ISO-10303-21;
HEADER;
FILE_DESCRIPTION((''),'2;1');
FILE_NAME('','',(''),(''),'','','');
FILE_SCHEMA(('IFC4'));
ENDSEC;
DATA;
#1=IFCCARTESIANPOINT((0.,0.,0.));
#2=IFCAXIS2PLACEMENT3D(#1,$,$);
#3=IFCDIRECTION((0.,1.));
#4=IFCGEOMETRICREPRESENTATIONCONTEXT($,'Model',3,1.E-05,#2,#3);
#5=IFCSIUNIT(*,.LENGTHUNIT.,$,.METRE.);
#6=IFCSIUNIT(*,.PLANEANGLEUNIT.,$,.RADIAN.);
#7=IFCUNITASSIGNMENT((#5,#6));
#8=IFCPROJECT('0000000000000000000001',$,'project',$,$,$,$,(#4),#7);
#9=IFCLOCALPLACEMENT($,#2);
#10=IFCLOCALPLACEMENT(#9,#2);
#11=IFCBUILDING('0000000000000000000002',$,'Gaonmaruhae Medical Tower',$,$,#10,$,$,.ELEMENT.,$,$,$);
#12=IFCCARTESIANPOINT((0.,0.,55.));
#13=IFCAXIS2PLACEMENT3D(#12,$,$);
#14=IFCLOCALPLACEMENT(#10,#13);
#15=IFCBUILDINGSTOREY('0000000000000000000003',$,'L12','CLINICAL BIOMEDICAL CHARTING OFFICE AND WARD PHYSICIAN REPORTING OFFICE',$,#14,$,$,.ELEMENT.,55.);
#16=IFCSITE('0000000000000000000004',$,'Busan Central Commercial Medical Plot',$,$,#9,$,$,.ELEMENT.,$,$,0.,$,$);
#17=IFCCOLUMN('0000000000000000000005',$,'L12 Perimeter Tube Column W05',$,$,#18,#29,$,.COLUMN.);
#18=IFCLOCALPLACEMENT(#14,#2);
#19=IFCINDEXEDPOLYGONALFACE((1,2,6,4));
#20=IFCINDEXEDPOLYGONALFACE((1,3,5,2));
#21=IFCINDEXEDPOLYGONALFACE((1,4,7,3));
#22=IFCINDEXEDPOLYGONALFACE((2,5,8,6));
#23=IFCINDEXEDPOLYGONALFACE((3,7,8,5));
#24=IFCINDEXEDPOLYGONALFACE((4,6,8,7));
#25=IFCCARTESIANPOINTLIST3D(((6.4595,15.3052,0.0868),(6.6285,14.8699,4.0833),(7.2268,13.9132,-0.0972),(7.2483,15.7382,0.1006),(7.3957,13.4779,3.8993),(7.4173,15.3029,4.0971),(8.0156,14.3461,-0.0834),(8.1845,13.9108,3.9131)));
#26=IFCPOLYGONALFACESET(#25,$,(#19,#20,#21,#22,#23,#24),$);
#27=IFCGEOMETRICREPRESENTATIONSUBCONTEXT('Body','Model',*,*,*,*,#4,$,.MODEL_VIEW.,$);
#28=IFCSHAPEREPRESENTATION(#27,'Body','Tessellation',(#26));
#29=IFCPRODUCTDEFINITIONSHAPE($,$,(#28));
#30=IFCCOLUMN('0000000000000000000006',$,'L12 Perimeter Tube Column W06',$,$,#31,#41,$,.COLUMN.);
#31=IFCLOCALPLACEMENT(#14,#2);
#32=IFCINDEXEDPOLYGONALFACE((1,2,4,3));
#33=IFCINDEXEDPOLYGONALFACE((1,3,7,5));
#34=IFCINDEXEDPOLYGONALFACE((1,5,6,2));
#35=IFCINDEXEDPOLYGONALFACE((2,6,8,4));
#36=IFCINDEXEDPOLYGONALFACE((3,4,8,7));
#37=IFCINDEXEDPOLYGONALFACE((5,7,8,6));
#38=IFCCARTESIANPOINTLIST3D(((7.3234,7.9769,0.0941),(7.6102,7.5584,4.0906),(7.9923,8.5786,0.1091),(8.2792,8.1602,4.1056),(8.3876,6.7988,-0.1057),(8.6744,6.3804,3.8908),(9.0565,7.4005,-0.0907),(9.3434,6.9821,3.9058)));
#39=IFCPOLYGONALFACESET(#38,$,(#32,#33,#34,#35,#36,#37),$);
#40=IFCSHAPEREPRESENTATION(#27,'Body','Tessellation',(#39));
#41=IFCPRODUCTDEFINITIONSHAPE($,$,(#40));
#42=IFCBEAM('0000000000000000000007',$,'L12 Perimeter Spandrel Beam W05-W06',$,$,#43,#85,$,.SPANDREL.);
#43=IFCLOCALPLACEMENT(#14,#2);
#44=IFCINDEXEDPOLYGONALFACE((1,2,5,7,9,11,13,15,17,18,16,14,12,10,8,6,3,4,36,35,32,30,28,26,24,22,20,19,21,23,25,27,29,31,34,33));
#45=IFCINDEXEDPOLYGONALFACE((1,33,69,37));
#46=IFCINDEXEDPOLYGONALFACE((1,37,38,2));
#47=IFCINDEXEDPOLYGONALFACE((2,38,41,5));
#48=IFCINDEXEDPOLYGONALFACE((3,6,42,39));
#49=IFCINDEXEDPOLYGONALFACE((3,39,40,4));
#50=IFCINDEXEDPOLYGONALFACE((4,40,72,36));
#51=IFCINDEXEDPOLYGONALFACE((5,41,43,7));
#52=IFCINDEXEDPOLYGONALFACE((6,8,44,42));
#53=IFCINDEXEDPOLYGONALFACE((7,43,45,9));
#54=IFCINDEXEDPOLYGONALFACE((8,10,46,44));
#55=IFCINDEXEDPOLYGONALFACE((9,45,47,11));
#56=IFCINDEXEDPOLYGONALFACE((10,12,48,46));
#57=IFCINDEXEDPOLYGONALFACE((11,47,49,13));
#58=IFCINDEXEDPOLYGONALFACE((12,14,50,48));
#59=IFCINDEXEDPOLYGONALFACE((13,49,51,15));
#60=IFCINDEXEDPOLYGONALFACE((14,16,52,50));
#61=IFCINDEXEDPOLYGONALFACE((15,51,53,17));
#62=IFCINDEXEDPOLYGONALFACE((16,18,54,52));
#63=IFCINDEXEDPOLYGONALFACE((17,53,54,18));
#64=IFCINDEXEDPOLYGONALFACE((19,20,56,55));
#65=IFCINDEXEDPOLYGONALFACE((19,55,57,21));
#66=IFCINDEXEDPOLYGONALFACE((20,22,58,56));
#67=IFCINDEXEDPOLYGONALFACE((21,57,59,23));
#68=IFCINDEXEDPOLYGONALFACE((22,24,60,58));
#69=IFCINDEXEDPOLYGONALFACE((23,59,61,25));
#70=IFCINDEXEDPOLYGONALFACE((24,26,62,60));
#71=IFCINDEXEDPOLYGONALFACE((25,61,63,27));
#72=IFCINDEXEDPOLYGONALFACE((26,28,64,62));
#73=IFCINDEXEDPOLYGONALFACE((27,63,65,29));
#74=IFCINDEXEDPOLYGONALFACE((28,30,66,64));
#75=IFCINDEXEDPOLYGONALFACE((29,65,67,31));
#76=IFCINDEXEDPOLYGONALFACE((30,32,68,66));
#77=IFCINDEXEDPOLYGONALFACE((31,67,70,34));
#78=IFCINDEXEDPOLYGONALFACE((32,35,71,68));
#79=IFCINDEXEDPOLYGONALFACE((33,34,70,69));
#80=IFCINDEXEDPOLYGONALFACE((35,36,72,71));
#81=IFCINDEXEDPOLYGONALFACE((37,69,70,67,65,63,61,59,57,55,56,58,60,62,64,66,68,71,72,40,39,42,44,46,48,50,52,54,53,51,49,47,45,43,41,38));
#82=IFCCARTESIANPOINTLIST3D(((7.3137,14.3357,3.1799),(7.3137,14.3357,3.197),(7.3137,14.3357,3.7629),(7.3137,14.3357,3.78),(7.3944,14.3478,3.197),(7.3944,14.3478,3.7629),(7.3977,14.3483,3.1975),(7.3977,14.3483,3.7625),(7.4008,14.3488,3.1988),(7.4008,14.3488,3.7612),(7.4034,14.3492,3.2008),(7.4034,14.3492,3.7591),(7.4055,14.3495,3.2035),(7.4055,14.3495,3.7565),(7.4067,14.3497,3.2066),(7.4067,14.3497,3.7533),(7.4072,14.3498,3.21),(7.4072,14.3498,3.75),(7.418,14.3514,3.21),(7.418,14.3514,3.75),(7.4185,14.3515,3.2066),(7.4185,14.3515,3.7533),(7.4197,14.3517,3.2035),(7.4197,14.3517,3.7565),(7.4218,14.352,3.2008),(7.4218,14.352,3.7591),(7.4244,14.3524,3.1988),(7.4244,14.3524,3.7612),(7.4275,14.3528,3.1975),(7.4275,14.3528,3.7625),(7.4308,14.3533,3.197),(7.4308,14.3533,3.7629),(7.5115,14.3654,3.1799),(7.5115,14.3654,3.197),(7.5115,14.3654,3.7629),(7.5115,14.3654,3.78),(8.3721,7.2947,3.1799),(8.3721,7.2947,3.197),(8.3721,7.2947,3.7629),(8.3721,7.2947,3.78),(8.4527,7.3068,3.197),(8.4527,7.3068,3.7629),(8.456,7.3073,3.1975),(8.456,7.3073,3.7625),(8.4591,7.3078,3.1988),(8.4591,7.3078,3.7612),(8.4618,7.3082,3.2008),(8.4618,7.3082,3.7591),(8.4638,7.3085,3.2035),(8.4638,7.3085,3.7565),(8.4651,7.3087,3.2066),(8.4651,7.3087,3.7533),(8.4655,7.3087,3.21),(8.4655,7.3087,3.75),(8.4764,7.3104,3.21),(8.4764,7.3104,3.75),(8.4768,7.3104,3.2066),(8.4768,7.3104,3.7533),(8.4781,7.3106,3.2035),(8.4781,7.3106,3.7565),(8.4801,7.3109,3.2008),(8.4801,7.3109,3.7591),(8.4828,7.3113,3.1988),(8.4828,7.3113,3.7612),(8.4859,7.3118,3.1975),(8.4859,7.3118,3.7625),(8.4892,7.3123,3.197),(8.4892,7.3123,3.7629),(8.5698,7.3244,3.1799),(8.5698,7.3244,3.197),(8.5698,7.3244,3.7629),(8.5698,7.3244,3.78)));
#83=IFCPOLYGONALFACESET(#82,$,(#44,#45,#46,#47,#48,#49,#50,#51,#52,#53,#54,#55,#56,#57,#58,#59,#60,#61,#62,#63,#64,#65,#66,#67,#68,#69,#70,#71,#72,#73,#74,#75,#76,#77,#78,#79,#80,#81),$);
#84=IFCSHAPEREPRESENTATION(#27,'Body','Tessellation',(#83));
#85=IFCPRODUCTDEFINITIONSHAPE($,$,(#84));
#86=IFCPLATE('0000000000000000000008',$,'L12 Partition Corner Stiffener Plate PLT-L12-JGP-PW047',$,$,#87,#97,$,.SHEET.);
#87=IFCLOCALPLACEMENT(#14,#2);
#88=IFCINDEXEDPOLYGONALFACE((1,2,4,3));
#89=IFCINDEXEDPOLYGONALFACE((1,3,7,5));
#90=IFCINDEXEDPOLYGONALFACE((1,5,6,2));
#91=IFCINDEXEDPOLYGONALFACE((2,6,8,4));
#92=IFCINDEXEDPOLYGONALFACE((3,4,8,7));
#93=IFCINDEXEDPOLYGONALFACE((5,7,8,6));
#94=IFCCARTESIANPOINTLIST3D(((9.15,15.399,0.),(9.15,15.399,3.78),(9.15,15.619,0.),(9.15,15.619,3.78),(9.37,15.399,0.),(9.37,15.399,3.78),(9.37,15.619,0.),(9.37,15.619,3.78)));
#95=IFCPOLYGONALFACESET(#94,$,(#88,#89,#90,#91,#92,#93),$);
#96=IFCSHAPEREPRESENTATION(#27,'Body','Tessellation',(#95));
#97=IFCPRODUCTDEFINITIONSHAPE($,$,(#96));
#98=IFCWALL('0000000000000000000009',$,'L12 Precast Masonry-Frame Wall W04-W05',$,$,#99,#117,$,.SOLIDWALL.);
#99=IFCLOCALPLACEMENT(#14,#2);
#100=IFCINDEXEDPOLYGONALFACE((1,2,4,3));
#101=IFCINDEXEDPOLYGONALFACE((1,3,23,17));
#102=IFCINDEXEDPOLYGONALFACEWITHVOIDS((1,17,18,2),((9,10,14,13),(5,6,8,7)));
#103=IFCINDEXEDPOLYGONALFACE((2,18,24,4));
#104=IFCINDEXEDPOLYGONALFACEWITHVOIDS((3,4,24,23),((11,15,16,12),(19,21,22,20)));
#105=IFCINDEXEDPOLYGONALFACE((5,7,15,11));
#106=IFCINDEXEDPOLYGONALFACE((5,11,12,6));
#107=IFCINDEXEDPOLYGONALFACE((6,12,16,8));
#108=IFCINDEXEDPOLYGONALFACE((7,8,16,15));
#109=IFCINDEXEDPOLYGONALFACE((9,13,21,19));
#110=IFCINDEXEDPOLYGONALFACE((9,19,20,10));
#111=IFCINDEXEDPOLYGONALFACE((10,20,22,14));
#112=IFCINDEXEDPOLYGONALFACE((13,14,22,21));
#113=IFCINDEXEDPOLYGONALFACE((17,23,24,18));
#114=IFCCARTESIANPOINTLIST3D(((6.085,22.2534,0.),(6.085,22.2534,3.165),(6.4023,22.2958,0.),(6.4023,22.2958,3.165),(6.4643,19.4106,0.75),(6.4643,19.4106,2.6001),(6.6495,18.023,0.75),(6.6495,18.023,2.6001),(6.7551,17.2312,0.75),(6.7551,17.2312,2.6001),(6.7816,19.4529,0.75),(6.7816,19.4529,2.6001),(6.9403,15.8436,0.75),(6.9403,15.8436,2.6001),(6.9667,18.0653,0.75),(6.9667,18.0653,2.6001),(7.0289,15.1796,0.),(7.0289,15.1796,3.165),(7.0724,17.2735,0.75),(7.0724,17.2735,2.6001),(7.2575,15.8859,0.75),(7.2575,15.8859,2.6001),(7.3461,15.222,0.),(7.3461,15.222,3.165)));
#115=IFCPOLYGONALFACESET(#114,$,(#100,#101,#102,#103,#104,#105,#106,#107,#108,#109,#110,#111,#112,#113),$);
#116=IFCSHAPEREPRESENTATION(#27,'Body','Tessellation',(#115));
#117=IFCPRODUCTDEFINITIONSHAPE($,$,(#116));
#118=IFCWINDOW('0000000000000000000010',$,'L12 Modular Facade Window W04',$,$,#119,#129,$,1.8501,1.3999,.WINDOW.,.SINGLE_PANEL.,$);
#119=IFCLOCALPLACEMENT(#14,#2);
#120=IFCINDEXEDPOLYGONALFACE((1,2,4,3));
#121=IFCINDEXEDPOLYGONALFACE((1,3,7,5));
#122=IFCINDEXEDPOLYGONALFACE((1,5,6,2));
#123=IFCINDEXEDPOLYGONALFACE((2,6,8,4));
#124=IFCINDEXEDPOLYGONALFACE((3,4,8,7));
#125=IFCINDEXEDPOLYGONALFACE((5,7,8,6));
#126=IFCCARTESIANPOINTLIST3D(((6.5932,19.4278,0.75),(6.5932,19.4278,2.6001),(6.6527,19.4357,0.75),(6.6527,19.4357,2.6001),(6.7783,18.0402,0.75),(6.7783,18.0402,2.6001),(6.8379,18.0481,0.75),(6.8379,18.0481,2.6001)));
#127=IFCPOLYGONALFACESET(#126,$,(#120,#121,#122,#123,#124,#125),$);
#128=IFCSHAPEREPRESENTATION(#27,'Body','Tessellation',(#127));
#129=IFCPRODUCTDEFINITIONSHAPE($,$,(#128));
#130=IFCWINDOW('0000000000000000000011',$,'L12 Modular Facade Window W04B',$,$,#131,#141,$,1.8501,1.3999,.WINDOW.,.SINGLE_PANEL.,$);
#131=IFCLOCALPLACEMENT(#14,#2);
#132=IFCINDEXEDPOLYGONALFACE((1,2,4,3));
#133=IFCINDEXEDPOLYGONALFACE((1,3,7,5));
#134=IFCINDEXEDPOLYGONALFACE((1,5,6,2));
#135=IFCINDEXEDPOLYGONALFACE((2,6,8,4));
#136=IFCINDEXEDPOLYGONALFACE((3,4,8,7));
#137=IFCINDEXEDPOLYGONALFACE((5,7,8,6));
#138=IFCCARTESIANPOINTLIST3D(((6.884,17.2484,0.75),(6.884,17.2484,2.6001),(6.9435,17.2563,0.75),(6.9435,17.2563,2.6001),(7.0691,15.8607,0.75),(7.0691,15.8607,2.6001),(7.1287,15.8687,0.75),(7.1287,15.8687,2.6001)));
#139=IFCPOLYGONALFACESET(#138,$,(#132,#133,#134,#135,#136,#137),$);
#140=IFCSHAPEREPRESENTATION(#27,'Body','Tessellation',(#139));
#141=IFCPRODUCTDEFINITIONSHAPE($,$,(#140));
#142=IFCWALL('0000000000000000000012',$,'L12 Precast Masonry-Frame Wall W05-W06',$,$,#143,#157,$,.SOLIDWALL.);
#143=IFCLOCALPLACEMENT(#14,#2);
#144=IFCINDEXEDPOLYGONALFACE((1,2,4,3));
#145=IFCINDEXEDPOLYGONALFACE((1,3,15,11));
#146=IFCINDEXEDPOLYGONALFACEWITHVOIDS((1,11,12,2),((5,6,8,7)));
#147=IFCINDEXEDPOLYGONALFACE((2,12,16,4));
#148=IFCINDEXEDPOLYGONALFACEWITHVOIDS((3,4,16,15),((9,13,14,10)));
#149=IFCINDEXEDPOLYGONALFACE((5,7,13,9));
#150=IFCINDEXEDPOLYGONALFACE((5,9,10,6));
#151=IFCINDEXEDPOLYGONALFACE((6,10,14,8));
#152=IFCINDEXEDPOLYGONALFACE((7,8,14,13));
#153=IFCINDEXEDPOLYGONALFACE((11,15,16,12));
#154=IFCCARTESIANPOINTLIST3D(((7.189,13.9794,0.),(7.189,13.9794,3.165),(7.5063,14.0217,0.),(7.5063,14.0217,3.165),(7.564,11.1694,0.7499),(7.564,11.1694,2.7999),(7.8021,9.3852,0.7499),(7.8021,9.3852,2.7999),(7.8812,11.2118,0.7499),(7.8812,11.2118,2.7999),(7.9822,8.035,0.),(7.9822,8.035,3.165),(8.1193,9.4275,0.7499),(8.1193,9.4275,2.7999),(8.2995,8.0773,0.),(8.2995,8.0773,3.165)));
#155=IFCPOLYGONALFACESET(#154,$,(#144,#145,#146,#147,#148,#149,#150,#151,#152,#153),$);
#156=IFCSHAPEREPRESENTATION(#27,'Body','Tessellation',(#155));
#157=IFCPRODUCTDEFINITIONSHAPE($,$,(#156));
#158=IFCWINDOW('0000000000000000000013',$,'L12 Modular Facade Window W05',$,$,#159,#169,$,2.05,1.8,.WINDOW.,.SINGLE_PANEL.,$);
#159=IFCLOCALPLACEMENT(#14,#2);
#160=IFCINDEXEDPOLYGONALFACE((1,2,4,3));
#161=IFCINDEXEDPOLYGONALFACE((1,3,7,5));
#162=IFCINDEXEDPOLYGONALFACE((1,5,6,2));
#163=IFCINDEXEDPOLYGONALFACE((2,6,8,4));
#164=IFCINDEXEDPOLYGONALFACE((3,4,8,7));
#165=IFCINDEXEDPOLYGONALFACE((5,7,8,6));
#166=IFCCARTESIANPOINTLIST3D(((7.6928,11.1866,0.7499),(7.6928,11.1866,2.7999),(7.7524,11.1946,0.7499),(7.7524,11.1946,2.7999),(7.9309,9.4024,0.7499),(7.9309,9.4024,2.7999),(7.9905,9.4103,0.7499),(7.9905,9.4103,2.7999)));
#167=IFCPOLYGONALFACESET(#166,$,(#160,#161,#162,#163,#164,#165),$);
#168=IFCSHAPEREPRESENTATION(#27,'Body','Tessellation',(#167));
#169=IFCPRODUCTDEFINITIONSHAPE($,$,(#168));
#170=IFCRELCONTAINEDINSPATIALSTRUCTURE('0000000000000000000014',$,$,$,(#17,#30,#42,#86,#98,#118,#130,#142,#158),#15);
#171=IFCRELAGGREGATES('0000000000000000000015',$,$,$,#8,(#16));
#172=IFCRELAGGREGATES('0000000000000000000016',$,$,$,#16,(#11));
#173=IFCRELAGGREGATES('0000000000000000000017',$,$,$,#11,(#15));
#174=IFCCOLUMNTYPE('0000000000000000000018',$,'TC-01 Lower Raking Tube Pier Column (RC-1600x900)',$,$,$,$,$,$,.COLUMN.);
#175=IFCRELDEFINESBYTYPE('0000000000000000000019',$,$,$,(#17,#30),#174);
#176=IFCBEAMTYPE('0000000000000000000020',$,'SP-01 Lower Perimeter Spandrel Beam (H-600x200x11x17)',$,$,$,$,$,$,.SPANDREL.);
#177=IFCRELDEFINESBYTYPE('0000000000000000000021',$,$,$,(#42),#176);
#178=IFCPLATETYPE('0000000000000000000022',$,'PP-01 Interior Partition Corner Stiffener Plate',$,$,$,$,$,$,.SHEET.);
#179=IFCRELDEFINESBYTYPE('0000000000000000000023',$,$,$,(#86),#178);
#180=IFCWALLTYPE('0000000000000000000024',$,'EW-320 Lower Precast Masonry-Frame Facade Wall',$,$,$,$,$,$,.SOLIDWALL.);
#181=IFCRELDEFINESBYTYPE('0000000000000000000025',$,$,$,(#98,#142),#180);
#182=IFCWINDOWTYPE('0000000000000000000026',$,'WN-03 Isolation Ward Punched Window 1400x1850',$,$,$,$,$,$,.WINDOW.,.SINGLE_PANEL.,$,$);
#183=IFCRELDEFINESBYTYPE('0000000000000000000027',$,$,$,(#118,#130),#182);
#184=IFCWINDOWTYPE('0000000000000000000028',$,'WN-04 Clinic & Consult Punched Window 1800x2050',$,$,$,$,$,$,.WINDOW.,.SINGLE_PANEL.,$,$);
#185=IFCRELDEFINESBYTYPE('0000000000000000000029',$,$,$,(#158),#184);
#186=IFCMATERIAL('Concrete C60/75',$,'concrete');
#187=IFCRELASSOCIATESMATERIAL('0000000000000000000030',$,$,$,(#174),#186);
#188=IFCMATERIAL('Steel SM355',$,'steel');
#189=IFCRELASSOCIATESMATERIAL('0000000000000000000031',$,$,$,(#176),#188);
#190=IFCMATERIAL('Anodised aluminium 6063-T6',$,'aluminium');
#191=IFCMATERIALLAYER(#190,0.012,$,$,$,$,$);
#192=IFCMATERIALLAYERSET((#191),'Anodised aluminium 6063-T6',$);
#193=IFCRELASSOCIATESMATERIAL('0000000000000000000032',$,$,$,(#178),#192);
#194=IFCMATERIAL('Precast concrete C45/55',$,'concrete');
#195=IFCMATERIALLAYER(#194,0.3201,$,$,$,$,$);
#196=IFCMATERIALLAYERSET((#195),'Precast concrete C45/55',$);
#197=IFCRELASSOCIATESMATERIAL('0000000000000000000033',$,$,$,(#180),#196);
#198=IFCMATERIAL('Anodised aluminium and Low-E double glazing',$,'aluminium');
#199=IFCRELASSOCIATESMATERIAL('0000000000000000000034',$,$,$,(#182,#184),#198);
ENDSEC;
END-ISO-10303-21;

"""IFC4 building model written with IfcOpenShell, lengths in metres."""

from ifc_helpers import new_model, si_unit, direction, frame, frame_2d, origin, origin_2d, place, context, subcontext, project, spatial, rectangle, i_section, extrude, material, layer, layer_set, material_profile, profile_set, type_object, element, fill, save


model = new_model("IFC4")

# Units and contexts
model_context = context("Model", 3, precision=1e-05, world=origin(), true_north=direction((0.0, 1.0)))
body_context = subcontext(model_context, "Body", "Model", "MODEL_VIEW")
ifc_project = project(units=[si_unit("LENGTHUNIT", "METRE"), si_unit("PLANEANGLEUNIT", "RADIAN")], contexts=[model_context])

# Site, building, storey
site_placement = place(None, origin())
site = spatial("IfcSite", under=ifc_project, at=site_placement, Name="Busan Central Commercial Medical Plot", CompositionType="ELEMENT", RefElevation=0.0)
building_placement = place(site_placement, origin())
building = spatial("IfcBuilding", under=site, at=building_placement, Name="Gaonmaruhae Medical Tower", CompositionType="ELEMENT")
storey_placement = place(building_placement, frame((0.0, 0.0, 55.0)))
storey = spatial("IfcBuildingStorey", under=building, at=storey_placement, Name="L12", Description="CLINICAL BIOMEDICAL CHARTING OFFICE AND WARD PHYSICIAN REPORTING OFFICE", CompositionType="ELEMENT", Elevation=55.0)

# Columns
ifc_material_1 = material(Name="Concrete C60/75", Category="concrete")
ifc_material_profile_1 = material_profile(ifc_material_1, rectangle(XDim=1.6001, YDim=0.8999, at=origin_2d()), Name="RC-1600x900")
ifc_profile_set_1 = profile_set([ifc_material_profile_1], Name="Concrete C60/75")
column_type = type_object("IfcColumnType", Name="TC-01 Lower Raking Tube Pier Column (RC-1600x900)", PredefinedType="COLUMN", material=ifc_profile_set_1)
column_1_placement = place(storey_placement, frame((7.2375, 14.8257, 0.0017), z_axis=(0.041987, -0.108183, 0.993244), x_axis=(-0.47951, 0.869965, 0.115026)))
element("IfcColumn", 1, at=column_1_placement, inside=storey, type_object=column_type, Name="L12 Perimeter Tube Column W05", PredefinedType="COLUMN", context=body_context, shape_type="SweptSolid", body=[
    extrude(rectangle(XDim=1.6001, YDim=0.8999, at=origin_2d()), origin(), (0.0, 0.0, 1.0), 4.0237),
])
column_2_placement = place(storey_placement, frame((8.1899, 7.6887, 0.0017), z_axis=(0.071206, -0.10387, 0.992039), x_axis=(-0.665082, 0.736264, 0.124828)))
element("IfcColumn", 2, at=column_2_placement, inside=storey, type_object=column_type, Name="L12 Perimeter Tube Column W06", PredefinedType="COLUMN", context=body_context, shape_type="SweptSolid", body=[
    extrude(rectangle(XDim=1.6001, YDim=0.8999, at=origin_2d()), origin(), (0.0, 0.0, 1.0), 4.0286),
])

# Beam
ifc_material_2 = material(Name="Steel SM355", Category="steel")
ifc_material_profile_2 = material_profile(ifc_material_2, i_section(OverallWidth=0.2, OverallDepth=0.6001, WebThickness=0.011, FlangeThickness=0.0171, FilletRadius=0.0129, at=origin_2d()), Name="H-600x200x11x17")
ifc_profile_set_2 = profile_set([ifc_material_profile_2], Name="Steel SM355")
beam_type = type_object("IfcBeamType", Name="SP-01 Lower Perimeter Spandrel Beam (H-600x200x11x17)", PredefinedType="SPANDREL", material=ifc_profile_set_2)
beam_placement = place(storey_placement, frame((7.4126, 14.3506, 3.48), z_axis=(0.148642, -0.988891, 0.0), x_axis=(0.988891, 0.148642, 0.0)))
element("IfcBeam", 3, at=beam_placement, inside=storey, type_object=beam_type, Name="L12 Perimeter Spandrel Beam W05-W06", PredefinedType="SPANDREL", context=body_context, shape_type="SweptSolid", body=[
    extrude(i_section(OverallWidth=0.2, OverallDepth=0.6001, WebThickness=0.011, FlangeThickness=0.0171, FilletRadius=0.0129, at=origin_2d()), origin(), (0.0, 0.0, 1.0), 7.1201),
])

# Plate
ifc_material_3 = material(Name="Anodised aluminium 6063-T6", Category="aluminium")
ifc_layer_1 = layer(ifc_material_3, 0.012)
ifc_layer_set_1 = layer_set([ifc_layer_1], Name="Anodised aluminium 6063-T6")
plate_type = type_object("IfcPlateType", Name="PP-01 Interior Partition Corner Stiffener Plate", PredefinedType="SHEET", material=ifc_layer_set_1)
plate_placement = place(storey_placement, frame((9.26, 15.509, 0.0), z_axis=(0.0, 0.0, 1.0), x_axis=(0.0, -1.0, 0.0)))
element("IfcPlate", 4, at=plate_placement, inside=storey, type_object=plate_type, Name="L12 Partition Corner Stiffener Plate PLT-L12-JGP-PW047", PredefinedType="SHEET", context=body_context, shape_type="SweptSolid", body=[
    extrude(rectangle(XDim=0.22, YDim=0.22, at=origin_2d()), origin(), (0.0, 0.0, 1.0), 3.78),
])

# Wall, openings, windows
ifc_material_4 = material(Name="Precast concrete C45/55", Category="concrete")
ifc_layer_2 = layer(ifc_material_4, 0.3201)
ifc_layer_set_2 = layer_set([ifc_layer_2], Name="Precast concrete C45/55")
wall_type_1 = type_object("IfcWallType", Name="EW-320 Lower Precast Masonry-Frame Facade Wall", PredefinedType="SOLIDWALL", material=ifc_layer_set_2)
wall_1_placement = place(storey_placement, frame((7.1875, 15.2007, 0.0), z_axis=(0.0, 0.0, 1.0), x_axis=(-0.132258, 0.991215, 0.0)))
wall_1 = element("IfcWall", 5, at=wall_1_placement, inside=storey, type_object=wall_type_1, Name="L12 Precast Masonry-Frame Wall W04-W05", PredefinedType="SOLIDWALL", context=body_context, shape_type="SweptSolid", body=[
    extrude(rectangle(XDim=7.1365, YDim=0.3201, at=frame_2d((3.5684, 0.0))), origin(), (0.0, 0.0, 1.0), 3.165),
])
opening_1_placement = place(wall_1_placement, frame((2.8687, 0.0, 0.75)))
opening_1 = element("IfcOpeningElement", 6, at=opening_1_placement, cuts=wall_1, PredefinedType="OPENING", context=body_context, shape_type="SweptSolid", body=[
    extrude(rectangle(XDim=1.3999, YDim=1.8501, at=frame_2d((0.7, 0.925))), frame((0.0, 0.1699, 0.0), z_axis=(0.0, -1.0, 0.0), x_axis=(1.0, 0.0, 0.0)), (0.0, 0.0, 1.0), 0.3401),
])
opening_2_placement = place(wall_1_placement, frame((0.6699, 0.0, 0.75)))
opening_2 = element("IfcOpeningElement", 7, at=opening_2_placement, cuts=wall_1, PredefinedType="OPENING", context=body_context, shape_type="SweptSolid", body=[
    extrude(rectangle(XDim=1.3999, YDim=1.8501, at=frame_2d((0.7, 0.925))), frame((0.0, 0.1699, 0.0), z_axis=(0.0, -1.0, 0.0), x_axis=(1.0, 0.0, 0.0)), (0.0, 0.0, 1.0), 0.3401),
])
ifc_material_5 = material(Name="Anodised aluminium and Low-E double glazing", Category="aluminium")
window_type_1 = type_object("IfcWindowType", Name="WN-03 Isolation Ward Punched Window 1400x1850", PartitioningType="SINGLE_PANEL", PredefinedType="WINDOW", material=ifc_material_5)
window_1_placement = place(opening_1_placement, origin())
window_1 = element("IfcWindow", 8, at=window_1_placement, inside=storey, type_object=window_type_1, Name="L12 Modular Facade Window W04", OverallHeight=1.8501, OverallWidth=1.3999, PartitioningType="SINGLE_PANEL", PredefinedType="WINDOW", context=body_context, shape_type="SweptSolid", body=[
    extrude(rectangle(XDim=1.3999, YDim=1.8501, at=frame_2d((0.7, 0.925))), frame((0.0, 0.03, 0.0), z_axis=(0.0, -1.0, 0.0), x_axis=(1.0, 0.0, 0.0)), (0.0, 0.0, 1.0), 0.0601),
])
fill(opening_1, window_1)
window_2_placement = place(opening_2_placement, origin())
window_2 = element("IfcWindow", 9, at=window_2_placement, inside=storey, type_object=window_type_1, Name="L12 Modular Facade Window W04B", OverallHeight=1.8501, OverallWidth=1.3999, PartitioningType="SINGLE_PANEL", PredefinedType="WINDOW", context=body_context, shape_type="SweptSolid", body=[
    extrude(rectangle(XDim=1.3999, YDim=1.8501, at=frame_2d((0.7, 0.925))), frame((0.0, 0.03, 0.0), z_axis=(0.0, -1.0, 0.0), x_axis=(1.0, 0.0, 0.0)), (0.0, 0.0, 1.0), 0.0601),
])
fill(opening_2, window_2)

# Wall, opening, window
wall_2_placement = place(storey_placement, frame((8.1409, 8.0562, 0.0), z_axis=(0.0, 0.0, 1.0), x_axis=(-0.132268, 0.991214, 0.0)))
wall_2 = element("IfcWall", 10, at=wall_2_placement, inside=storey, type_object=wall_type_1, Name="L12 Precast Masonry-Frame Wall W05-W06", PredefinedType="SOLIDWALL", context=body_context, shape_type="SweptSolid", body=[
    extrude(rectangle(XDim=5.9971, YDim=0.3201, at=frame_2d((2.9985, 0.0))), origin(), (0.0, 0.0, 1.0), 3.165),
])
opening_3_placement = place(wall_2_placement, frame((1.3623, 0.0, 0.75)))
opening_3 = element("IfcOpeningElement", 11, at=opening_3_placement, cuts=wall_2, PredefinedType="OPENING", context=body_context, shape_type="SweptSolid", body=[
    extrude(rectangle(XDim=1.8, YDim=2.05, at=frame_2d((0.8999, 1.0249))), frame((0.0, 0.1699, 0.0), z_axis=(0.0, -1.0, 0.0), x_axis=(1.0, 0.0, 0.0)), (0.0, 0.0, 1.0), 0.3401),
])
window_type_2 = type_object("IfcWindowType", Name="WN-04 Clinic & Consult Punched Window 1800x2050", PartitioningType="SINGLE_PANEL", PredefinedType="WINDOW", material=ifc_material_5)
window_3_placement = place(opening_3_placement, origin())
window_3 = element("IfcWindow", 12, at=window_3_placement, inside=storey, type_object=window_type_2, Name="L12 Modular Facade Window W05", OverallHeight=2.05, OverallWidth=1.8, PartitioningType="SINGLE_PANEL", PredefinedType="WINDOW", context=body_context, shape_type="SweptSolid", body=[
    extrude(rectangle(XDim=1.8, YDim=2.05, at=frame_2d((0.8999, 1.0249))), frame((0.0, 0.03, 0.0), z_axis=(0.0, -1.0, 0.0), x_axis=(1.0, 0.0, 0.0)), (0.0, 0.0, 1.0), 0.0601),
])
fill(opening_3, window_3)

save(model, "model.ifc")
